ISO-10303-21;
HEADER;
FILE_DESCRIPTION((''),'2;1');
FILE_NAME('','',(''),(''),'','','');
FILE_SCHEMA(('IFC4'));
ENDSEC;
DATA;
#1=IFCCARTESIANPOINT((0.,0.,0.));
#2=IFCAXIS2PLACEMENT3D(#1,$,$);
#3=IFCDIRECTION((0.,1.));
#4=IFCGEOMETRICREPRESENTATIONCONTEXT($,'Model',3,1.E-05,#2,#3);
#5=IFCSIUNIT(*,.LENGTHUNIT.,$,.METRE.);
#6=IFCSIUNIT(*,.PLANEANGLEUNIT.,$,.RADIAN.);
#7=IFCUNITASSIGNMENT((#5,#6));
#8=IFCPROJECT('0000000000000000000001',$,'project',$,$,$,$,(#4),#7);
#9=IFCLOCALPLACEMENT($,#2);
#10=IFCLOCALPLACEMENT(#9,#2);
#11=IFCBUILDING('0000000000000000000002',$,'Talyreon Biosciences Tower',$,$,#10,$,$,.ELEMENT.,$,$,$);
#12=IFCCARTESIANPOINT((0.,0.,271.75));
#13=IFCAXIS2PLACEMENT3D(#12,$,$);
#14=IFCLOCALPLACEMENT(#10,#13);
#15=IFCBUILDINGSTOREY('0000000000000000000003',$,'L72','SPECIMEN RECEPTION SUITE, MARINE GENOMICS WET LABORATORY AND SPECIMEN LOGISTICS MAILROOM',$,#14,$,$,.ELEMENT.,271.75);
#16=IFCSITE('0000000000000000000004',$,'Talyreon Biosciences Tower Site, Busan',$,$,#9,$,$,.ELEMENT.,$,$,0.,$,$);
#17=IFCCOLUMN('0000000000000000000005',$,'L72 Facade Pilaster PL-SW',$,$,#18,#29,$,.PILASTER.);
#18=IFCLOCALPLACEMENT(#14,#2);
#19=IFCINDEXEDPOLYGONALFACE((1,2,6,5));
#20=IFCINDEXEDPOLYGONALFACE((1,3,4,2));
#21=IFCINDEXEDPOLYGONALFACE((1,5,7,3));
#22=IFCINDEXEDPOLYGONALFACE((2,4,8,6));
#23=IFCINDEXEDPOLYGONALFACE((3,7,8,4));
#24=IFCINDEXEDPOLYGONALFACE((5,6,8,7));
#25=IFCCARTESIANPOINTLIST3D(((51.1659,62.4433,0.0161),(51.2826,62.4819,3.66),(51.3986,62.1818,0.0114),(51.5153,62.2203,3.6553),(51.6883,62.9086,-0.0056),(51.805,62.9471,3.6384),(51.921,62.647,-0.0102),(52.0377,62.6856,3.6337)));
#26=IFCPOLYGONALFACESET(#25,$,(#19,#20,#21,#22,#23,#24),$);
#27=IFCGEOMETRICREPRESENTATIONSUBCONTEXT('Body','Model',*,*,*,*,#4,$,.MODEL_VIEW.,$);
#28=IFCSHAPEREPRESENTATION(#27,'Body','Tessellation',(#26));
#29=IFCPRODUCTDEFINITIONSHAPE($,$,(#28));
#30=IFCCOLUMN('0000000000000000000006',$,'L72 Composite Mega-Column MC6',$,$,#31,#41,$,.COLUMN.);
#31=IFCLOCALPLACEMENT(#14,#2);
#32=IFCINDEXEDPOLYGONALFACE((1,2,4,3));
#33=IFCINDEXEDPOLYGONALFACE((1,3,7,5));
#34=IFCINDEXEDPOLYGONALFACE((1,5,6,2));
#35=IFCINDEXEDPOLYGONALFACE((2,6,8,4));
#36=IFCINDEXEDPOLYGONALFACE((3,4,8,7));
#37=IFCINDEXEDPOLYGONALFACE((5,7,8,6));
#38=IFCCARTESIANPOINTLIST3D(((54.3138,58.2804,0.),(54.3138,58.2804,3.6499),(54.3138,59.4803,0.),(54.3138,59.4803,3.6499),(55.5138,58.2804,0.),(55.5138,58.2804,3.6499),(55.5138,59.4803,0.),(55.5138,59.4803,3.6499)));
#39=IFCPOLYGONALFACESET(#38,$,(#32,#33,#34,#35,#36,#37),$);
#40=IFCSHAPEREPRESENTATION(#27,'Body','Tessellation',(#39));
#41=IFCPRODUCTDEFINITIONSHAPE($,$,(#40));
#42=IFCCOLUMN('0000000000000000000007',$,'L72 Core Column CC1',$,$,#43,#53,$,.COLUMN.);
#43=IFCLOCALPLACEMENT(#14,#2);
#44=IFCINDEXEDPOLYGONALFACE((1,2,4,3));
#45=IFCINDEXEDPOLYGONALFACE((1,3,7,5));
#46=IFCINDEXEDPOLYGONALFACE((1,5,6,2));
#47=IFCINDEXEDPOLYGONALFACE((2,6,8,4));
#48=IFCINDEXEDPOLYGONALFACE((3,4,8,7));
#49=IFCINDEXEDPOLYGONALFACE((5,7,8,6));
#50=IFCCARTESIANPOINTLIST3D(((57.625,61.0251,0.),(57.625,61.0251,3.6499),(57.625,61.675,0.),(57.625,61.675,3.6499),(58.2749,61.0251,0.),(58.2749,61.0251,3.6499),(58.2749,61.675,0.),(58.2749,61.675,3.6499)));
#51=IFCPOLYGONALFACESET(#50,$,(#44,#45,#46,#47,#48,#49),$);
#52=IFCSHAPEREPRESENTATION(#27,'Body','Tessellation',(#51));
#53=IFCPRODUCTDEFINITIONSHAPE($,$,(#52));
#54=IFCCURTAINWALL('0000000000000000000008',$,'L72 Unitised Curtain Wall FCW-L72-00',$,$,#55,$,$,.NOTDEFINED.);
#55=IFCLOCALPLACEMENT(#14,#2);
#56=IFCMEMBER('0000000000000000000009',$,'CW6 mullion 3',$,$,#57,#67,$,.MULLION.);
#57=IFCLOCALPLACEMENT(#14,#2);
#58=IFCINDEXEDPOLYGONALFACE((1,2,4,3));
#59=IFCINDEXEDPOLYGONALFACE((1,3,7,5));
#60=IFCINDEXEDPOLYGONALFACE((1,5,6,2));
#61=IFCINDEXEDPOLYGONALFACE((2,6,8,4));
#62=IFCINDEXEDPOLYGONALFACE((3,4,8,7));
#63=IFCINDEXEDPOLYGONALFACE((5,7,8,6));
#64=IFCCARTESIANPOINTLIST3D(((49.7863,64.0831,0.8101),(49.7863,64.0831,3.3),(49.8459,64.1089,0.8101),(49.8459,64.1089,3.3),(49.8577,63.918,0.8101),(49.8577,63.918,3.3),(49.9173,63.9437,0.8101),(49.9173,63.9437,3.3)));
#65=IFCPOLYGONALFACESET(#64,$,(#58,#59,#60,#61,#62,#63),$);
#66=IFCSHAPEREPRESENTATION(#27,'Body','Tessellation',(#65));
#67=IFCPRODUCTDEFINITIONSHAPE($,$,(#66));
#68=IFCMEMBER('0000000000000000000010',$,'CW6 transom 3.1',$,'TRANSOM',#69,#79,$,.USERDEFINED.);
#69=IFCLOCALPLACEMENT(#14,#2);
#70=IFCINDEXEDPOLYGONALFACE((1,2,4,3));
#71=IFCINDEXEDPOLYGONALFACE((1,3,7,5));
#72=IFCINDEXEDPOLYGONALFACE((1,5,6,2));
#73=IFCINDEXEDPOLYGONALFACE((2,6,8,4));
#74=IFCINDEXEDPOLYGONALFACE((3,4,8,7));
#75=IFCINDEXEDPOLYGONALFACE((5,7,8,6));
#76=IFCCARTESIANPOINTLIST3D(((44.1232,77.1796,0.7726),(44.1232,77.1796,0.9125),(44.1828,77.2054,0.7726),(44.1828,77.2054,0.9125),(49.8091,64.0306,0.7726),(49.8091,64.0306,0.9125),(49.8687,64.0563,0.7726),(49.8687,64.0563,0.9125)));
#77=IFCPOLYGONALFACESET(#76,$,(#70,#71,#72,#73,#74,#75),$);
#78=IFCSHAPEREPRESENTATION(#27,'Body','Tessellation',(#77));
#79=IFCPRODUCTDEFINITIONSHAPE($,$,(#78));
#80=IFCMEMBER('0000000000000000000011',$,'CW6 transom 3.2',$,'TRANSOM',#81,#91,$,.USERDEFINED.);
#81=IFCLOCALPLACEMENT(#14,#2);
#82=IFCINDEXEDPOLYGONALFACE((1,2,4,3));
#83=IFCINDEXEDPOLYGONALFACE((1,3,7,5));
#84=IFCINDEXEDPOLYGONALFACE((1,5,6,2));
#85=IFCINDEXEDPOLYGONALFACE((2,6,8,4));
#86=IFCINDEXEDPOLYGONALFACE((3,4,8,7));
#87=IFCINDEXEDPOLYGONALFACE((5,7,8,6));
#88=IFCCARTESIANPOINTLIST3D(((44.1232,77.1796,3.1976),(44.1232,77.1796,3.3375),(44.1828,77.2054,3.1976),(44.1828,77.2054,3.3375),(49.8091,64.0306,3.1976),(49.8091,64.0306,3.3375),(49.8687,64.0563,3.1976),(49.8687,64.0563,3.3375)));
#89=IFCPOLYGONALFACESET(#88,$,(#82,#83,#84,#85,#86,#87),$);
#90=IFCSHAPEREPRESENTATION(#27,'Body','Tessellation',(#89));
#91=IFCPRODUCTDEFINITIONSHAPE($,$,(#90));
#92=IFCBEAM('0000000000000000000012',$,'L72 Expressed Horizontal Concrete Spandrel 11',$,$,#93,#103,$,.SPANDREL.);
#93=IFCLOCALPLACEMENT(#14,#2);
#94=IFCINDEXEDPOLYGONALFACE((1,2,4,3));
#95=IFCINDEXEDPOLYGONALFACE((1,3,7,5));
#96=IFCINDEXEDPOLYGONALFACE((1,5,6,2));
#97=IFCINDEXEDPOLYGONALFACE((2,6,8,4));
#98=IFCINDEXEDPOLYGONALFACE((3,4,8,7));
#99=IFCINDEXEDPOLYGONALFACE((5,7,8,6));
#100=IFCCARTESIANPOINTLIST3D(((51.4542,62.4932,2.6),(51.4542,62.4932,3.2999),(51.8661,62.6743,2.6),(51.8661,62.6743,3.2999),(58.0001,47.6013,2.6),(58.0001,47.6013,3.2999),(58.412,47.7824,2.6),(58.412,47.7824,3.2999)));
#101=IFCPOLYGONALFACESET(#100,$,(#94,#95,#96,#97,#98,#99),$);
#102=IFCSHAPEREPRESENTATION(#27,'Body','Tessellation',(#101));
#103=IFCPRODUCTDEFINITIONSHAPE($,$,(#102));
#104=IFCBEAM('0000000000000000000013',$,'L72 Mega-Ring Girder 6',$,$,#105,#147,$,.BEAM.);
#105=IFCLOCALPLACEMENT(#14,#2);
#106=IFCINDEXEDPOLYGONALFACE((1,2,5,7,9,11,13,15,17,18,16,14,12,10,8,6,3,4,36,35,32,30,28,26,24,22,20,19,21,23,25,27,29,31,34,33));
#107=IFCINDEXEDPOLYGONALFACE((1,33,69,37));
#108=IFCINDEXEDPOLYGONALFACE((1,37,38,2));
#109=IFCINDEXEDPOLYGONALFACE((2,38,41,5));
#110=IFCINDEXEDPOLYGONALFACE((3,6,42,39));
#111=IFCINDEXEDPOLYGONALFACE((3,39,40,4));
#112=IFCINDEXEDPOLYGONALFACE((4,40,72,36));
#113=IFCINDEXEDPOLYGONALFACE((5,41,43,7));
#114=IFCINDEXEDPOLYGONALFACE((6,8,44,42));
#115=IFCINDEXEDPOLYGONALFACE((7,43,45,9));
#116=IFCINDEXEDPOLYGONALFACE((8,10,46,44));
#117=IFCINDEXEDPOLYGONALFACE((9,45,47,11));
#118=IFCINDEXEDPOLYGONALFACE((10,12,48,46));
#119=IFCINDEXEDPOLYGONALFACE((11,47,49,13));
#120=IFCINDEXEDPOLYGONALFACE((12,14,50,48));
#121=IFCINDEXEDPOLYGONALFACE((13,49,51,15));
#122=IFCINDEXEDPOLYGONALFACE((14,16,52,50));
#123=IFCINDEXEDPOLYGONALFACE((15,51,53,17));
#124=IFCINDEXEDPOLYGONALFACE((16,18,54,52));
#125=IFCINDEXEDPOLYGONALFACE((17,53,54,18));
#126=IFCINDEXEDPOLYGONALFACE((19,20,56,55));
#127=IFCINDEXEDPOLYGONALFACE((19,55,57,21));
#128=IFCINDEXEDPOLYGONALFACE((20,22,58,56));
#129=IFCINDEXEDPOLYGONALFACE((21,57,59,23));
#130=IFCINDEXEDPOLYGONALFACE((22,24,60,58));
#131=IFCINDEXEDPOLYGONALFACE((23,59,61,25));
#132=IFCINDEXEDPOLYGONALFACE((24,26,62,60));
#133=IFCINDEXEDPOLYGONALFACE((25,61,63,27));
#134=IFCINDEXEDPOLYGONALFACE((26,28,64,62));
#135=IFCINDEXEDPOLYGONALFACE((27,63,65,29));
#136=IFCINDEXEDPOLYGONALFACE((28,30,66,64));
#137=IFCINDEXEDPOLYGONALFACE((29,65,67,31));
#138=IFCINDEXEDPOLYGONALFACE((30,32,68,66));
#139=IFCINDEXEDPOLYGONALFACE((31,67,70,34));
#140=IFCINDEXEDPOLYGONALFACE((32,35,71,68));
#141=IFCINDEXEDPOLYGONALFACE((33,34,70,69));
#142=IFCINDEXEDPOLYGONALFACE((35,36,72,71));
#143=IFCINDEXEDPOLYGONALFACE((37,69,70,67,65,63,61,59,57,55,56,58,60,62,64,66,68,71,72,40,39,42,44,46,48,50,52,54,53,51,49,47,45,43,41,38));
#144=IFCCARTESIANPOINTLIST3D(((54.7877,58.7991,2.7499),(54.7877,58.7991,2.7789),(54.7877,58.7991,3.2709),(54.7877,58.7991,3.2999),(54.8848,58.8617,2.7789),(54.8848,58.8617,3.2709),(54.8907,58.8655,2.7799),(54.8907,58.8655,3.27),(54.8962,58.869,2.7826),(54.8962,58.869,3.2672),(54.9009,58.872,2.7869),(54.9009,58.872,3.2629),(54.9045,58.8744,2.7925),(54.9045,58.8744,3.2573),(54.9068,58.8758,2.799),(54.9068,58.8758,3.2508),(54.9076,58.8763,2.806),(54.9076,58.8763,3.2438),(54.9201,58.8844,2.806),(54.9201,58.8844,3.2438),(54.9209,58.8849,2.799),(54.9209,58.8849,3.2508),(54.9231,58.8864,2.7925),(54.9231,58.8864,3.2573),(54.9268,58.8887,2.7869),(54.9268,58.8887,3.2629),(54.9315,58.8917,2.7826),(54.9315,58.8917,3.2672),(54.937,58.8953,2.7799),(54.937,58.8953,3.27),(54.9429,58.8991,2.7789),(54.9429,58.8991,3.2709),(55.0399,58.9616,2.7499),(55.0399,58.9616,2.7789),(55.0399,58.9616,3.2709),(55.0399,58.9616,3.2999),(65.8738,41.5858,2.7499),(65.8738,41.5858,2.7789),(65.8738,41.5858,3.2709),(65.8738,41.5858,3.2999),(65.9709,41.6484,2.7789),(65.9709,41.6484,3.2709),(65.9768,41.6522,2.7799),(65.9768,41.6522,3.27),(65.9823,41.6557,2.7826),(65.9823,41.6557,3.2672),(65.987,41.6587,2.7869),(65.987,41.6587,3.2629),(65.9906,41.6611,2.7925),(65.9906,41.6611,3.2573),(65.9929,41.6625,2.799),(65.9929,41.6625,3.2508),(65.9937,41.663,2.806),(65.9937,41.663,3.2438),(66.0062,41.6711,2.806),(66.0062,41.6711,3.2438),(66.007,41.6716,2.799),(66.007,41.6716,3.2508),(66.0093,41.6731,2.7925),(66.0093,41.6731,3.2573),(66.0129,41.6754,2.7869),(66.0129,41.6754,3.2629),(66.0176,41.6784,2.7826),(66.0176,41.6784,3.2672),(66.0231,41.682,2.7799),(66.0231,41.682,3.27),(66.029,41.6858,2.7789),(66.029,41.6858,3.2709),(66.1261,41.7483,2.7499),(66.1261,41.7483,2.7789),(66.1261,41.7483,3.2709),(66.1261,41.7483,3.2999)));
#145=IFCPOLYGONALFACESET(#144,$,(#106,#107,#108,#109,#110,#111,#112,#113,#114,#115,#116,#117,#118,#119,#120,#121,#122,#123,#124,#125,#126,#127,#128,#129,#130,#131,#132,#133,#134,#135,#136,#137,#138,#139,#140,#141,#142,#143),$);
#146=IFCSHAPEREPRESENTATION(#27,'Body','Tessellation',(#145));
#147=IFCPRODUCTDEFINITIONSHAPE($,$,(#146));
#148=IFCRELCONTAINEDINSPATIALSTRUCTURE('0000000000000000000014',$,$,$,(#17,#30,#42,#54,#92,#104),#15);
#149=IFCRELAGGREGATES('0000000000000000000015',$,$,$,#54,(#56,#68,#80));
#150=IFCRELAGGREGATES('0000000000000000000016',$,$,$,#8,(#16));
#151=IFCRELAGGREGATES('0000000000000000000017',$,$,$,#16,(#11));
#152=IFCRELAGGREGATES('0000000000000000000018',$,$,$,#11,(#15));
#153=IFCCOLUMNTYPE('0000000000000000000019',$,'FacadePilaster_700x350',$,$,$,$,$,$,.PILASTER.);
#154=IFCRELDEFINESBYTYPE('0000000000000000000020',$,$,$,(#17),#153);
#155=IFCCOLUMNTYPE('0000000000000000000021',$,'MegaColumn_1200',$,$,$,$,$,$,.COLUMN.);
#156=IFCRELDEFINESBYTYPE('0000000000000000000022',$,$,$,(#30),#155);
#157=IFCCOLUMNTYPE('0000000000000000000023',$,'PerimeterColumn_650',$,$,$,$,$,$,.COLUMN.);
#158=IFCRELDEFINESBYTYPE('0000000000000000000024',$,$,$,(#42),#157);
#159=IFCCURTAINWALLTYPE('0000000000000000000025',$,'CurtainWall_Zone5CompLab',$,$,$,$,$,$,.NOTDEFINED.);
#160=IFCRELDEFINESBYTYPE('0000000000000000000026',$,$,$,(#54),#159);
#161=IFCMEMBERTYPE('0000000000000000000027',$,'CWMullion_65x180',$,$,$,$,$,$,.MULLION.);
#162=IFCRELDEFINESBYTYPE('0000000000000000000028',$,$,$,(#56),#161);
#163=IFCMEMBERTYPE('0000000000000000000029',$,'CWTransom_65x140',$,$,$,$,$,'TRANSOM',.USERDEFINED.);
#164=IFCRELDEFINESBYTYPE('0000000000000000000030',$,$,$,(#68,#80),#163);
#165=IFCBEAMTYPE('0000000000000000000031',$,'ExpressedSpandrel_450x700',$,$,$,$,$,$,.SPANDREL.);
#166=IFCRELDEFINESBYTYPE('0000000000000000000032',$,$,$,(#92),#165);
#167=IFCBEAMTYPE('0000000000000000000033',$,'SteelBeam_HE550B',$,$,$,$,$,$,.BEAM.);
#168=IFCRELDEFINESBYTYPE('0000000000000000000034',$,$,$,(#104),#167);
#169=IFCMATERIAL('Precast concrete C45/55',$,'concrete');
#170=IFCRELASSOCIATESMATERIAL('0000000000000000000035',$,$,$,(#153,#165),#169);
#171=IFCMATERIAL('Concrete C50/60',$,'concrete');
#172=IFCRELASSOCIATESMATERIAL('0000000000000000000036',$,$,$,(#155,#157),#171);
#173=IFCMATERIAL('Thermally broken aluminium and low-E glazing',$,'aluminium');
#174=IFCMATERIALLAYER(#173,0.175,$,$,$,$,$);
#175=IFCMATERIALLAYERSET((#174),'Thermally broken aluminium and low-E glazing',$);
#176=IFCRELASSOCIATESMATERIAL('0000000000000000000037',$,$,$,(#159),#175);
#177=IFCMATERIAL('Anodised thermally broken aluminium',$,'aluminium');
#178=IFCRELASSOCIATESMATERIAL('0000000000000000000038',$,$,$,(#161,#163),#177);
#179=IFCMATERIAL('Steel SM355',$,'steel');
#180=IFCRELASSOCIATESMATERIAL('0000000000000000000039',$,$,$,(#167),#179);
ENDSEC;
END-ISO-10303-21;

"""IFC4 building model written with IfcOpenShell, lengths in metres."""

from ifc_helpers import new_model, si_unit, direction, frame, origin, origin_2d, place, context, subcontext, project, spatial, rectangle, i_section, extrude, material, layer, layer_set, material_profile, profile_set, type_object, element, aggregate, save


model = new_model("IFC4")

# Units and contexts
model_context = context("Model", 3, precision=1e-05, world=origin(), true_north=direction((0.0, 1.0)))
body_context = subcontext(model_context, "Body", "Model", "MODEL_VIEW")
ifc_project = project(units=[si_unit("LENGTHUNIT", "METRE"), si_unit("PLANEANGLEUNIT", "RADIAN")], contexts=[model_context])

# Site, building, storey
site_placement = place(None, origin())
site = spatial("IfcSite", under=ifc_project, at=site_placement, Name="Talyreon Biosciences Tower Site, Busan", CompositionType="ELEMENT", RefElevation=0.0)
building_placement = place(site_placement, origin())
building = spatial("IfcBuilding", under=site, at=building_placement, Name="Talyreon Biosciences Tower", CompositionType="ELEMENT")
storey_placement = place(building_placement, frame((0.0, 0.0, 271.75)))
storey = spatial("IfcBuildingStorey", under=building, at=storey_placement, Name="L72", Description="SPECIMEN RECEPTION SUITE, MARINE GENOMICS WET LABORATORY AND SPECIMEN LOGISTICS MAILROOM", CompositionType="ELEMENT", Elevation=271.75)

# Columns
ifc_material_1 = material(Name="Precast concrete C45/55", Category="concrete")
ifc_material_profile_1 = material_profile(ifc_material_1, rectangle(XDim=0.7, YDim=0.3501, at=origin_2d()), Name="RC 700x350")
ifc_profile_set_1 = profile_set([ifc_material_profile_1], Name="Precast concrete C45/55")
column_type_1 = type_object("IfcColumnType", Name="FacadePilaster_700x350", PredefinedType="PILASTER", material=ifc_profile_set_1)
column_1_placement = place(storey_placement, frame((51.5435, 62.5452, 0.0029), z_axis=(0.032006, 0.01058, 0.999432), x_axis=(0.746433, 0.664741, -0.030941)))
element("IfcColumn", 1, at=column_1_placement, inside=storey, type_object=column_type_1, Name="L72 Facade Pilaster PL-SW", PredefinedType="PILASTER", context=body_context, shape_type="SweptSolid", body=[
    extrude(rectangle(XDim=0.7, YDim=0.3501, at=origin_2d()), origin(), (0.0, 0.0, 1.0), 3.646),
])
ifc_material_2 = material(Name="Concrete C50/60", Category="concrete")
ifc_material_profile_2 = material_profile(ifc_material_2, rectangle(XDim=1.2, YDim=1.2, at=origin_2d()), Name="RC 1200x1200")
ifc_profile_set_2 = profile_set([ifc_material_profile_2], Name="Concrete C50/60")
column_type_2 = type_object("IfcColumnType", Name="MegaColumn_1200", PredefinedType="COLUMN", material=ifc_profile_set_2)
column_2_placement = place(storey_placement, frame((54.9138, 58.8804, 0.0), z_axis=(0.0, 0.0, 1.0), x_axis=(1.0, 0.0, 0.0)))
element("IfcColumn", 2, at=column_2_placement, inside=storey, type_object=column_type_2, Name="L72 Composite Mega-Column MC6", PredefinedType="COLUMN", context=body_context, shape_type="SweptSolid", body=[
    extrude(rectangle(XDim=1.2, YDim=1.2, at=origin_2d()), origin(), (0.0, 0.0, 1.0), 3.6499),
])
ifc_material_profile_3 = material_profile(ifc_material_2, rectangle(XDim=0.6499, YDim=0.6499, at=origin_2d()), Name="RC 650x650")
ifc_profile_set_3 = profile_set([ifc_material_profile_3], Name="Concrete C50/60")
column_type_3 = type_object("IfcColumnType", Name="PerimeterColumn_650", PredefinedType="COLUMN", material=ifc_profile_set_3)
column_3_placement = place(storey_placement, frame((57.95, 61.3501, 0.0), z_axis=(0.0, 0.0, 1.0), x_axis=(1.0, 0.0, 0.0)))
element("IfcColumn", 3, at=column_3_placement, inside=storey, type_object=column_type_3, Name="L72 Core Column CC1", PredefinedType="COLUMN", context=body_context, shape_type="SweptSolid", body=[
    extrude(rectangle(XDim=0.6499, YDim=0.6499, at=origin_2d()), origin(), (0.0, 0.0, 1.0), 3.6499),
])

# Curtain wall, members
ifc_material_3 = material(Name="Thermally broken aluminium and low-E glazing", Category="aluminium")
ifc_layer_1 = layer(ifc_material_3, 0.175)
ifc_layer_set_1 = layer_set([ifc_layer_1], Name="Thermally broken aluminium and low-E glazing")
curtain_wall_type = type_object("IfcCurtainWallType", Name="CurtainWall_Zone5CompLab", PredefinedType="NOTDEFINED", material=ifc_layer_set_1)
curtain_wall_placement = place(storey_placement, origin())
curtain_wall = element("IfcCurtainWall", 4, at=curtain_wall_placement, inside=storey, type_object=curtain_wall_type, Name="L72 Unitised Curtain Wall FCW-L72-00", PredefinedType="NOTDEFINED")
ifc_material_4 = material(Name="Anodised thermally broken aluminium", Category="aluminium")
ifc_material_profile_4 = material_profile(ifc_material_4, rectangle(XDim=0.0649, YDim=0.1799, at=origin_2d()), Name="ALUM MULLION 65x180")
ifc_profile_set_4 = profile_set([ifc_material_profile_4], Name="Anodised thermally broken aluminium")
member_type_1 = type_object("IfcMemberType", Name="CWMullion_65x180", PredefinedType="MULLION", material=ifc_profile_set_4)
member_1_placement = place(storey_placement, frame((49.8518, 64.0134, 0.8101), z_axis=(0.0, 0.0, 1.0), x_axis=(-0.917868, -0.396887, 0.0)))
member_1 = element("IfcMember", 5, at=member_1_placement, type_object=member_type_1, Name="CW6 mullion 3", PredefinedType="MULLION", context=body_context, shape_type="SweptSolid", body=[
    extrude(rectangle(XDim=0.0649, YDim=0.1799, at=origin_2d()), origin(), (0.0, 0.0, 1.0), 2.49),
])
ifc_material_profile_5 = material_profile(ifc_material_4, rectangle(XDim=0.0649, YDim=0.1399, at=origin_2d()), Name="ALUM TRANSOM 65x140")
ifc_profile_set_5 = profile_set([ifc_material_profile_5], Name="Anodised thermally broken aluminium")
member_type_2 = type_object("IfcMemberType", Name="CWTransom_65x140", ElementType="TRANSOM", PredefinedType="USERDEFINED", material=ifc_profile_set_5)
member_2_placement = place(storey_placement, frame((49.8389, 64.0435, 0.8425), z_axis=(-0.396898, 0.917863, 0.0), x_axis=(-0.917863, -0.396898, 0.0)))
member_2 = element("IfcMember", 6, at=member_2_placement, type_object=member_type_2, Name="CW6 transom 3.1", ObjectType="TRANSOM", PredefinedType="USERDEFINED", context=body_context, shape_type="SweptSolid", body=[
    extrude(rectangle(XDim=0.0649, YDim=0.1399, at=origin_2d()), origin(), (0.0, 0.0, 1.0), 14.3257),
])
member_3_placement = place(storey_placement, frame((49.8389, 64.0435, 3.2676), z_axis=(-0.396898, 0.917863, 0.0), x_axis=(-0.917863, -0.396898, 0.0)))
member_3 = element("IfcMember", 7, at=member_3_placement, type_object=member_type_2, Name="CW6 transom 3.2", ObjectType="TRANSOM", PredefinedType="USERDEFINED", context=body_context, shape_type="SweptSolid", body=[
    extrude(rectangle(XDim=0.0649, YDim=0.1399, at=origin_2d()), origin(), (0.0, 0.0, 1.0), 14.3257),
])

# Beams
ifc_material_profile_6 = material_profile(ifc_material_1, rectangle(XDim=0.45, YDim=0.7, at=origin_2d()), Name="RCB 450x700")
ifc_profile_set_6 = profile_set([ifc_material_profile_6], Name="Precast concrete C45/55")
beam_type_1 = type_object("IfcBeamType", Name="ExpressedSpandrel_450x700", PredefinedType="SPANDREL", material=ifc_profile_set_6)
beam_1_placement = place(storey_placement, frame((51.6602, 62.5837, 2.95), z_axis=(0.402403, -0.915463, 0.0), x_axis=(0.915463, 0.402403, 0.0)))
element("IfcBeam", 8, at=beam_1_placement, inside=storey, type_object=beam_type_1, Name="L72 Expressed Horizontal Concrete Spandrel 11", PredefinedType="SPANDREL", context=body_context, shape_type="SweptSolid", body=[
    extrude(rectangle(XDim=0.45, YDim=0.7, at=origin_2d()), origin(), (0.0, 0.0, 1.0), 16.2671),
])
ifc_material_5 = material(Name="Steel SM355", Category="steel")
ifc_material_profile_7 = material_profile(ifc_material_5, i_section(OverallWidth=0.3, OverallDepth=0.55, WebThickness=0.0149, FlangeThickness=0.0291, FilletRadius=0.0271, at=origin_2d()), Name="HE550B")
ifc_profile_set_7 = profile_set([ifc_material_profile_7], Name="Steel SM355")
beam_type_2 = type_object("IfcBeamType", Name="SteelBeam_HE550B", PredefinedType="BEAM", material=ifc_profile_set_7)
beam_2_placement = place(storey_placement, frame((54.9138, 58.8804, 3.0249), z_axis=(0.541464, -0.840724, 0.0), x_axis=(0.840724, 0.541464, 0.0)))
element("IfcBeam", 9, at=beam_2_placement, inside=storey, type_object=beam_type_2, Name="L72 Mega-Ring Girder 6", PredefinedType="BEAM", context=body_context, shape_type="SweptSolid", body=[
    extrude(i_section(OverallWidth=0.3, OverallDepth=0.55, WebThickness=0.0149, FlangeThickness=0.0291, FilletRadius=0.0271, at=origin_2d()), origin(), (0.0, 0.0, 1.0), 20.4744),
])

aggregate(curtain_wall, [member_1, member_2, member_3])

save(model, "model.ifc")
